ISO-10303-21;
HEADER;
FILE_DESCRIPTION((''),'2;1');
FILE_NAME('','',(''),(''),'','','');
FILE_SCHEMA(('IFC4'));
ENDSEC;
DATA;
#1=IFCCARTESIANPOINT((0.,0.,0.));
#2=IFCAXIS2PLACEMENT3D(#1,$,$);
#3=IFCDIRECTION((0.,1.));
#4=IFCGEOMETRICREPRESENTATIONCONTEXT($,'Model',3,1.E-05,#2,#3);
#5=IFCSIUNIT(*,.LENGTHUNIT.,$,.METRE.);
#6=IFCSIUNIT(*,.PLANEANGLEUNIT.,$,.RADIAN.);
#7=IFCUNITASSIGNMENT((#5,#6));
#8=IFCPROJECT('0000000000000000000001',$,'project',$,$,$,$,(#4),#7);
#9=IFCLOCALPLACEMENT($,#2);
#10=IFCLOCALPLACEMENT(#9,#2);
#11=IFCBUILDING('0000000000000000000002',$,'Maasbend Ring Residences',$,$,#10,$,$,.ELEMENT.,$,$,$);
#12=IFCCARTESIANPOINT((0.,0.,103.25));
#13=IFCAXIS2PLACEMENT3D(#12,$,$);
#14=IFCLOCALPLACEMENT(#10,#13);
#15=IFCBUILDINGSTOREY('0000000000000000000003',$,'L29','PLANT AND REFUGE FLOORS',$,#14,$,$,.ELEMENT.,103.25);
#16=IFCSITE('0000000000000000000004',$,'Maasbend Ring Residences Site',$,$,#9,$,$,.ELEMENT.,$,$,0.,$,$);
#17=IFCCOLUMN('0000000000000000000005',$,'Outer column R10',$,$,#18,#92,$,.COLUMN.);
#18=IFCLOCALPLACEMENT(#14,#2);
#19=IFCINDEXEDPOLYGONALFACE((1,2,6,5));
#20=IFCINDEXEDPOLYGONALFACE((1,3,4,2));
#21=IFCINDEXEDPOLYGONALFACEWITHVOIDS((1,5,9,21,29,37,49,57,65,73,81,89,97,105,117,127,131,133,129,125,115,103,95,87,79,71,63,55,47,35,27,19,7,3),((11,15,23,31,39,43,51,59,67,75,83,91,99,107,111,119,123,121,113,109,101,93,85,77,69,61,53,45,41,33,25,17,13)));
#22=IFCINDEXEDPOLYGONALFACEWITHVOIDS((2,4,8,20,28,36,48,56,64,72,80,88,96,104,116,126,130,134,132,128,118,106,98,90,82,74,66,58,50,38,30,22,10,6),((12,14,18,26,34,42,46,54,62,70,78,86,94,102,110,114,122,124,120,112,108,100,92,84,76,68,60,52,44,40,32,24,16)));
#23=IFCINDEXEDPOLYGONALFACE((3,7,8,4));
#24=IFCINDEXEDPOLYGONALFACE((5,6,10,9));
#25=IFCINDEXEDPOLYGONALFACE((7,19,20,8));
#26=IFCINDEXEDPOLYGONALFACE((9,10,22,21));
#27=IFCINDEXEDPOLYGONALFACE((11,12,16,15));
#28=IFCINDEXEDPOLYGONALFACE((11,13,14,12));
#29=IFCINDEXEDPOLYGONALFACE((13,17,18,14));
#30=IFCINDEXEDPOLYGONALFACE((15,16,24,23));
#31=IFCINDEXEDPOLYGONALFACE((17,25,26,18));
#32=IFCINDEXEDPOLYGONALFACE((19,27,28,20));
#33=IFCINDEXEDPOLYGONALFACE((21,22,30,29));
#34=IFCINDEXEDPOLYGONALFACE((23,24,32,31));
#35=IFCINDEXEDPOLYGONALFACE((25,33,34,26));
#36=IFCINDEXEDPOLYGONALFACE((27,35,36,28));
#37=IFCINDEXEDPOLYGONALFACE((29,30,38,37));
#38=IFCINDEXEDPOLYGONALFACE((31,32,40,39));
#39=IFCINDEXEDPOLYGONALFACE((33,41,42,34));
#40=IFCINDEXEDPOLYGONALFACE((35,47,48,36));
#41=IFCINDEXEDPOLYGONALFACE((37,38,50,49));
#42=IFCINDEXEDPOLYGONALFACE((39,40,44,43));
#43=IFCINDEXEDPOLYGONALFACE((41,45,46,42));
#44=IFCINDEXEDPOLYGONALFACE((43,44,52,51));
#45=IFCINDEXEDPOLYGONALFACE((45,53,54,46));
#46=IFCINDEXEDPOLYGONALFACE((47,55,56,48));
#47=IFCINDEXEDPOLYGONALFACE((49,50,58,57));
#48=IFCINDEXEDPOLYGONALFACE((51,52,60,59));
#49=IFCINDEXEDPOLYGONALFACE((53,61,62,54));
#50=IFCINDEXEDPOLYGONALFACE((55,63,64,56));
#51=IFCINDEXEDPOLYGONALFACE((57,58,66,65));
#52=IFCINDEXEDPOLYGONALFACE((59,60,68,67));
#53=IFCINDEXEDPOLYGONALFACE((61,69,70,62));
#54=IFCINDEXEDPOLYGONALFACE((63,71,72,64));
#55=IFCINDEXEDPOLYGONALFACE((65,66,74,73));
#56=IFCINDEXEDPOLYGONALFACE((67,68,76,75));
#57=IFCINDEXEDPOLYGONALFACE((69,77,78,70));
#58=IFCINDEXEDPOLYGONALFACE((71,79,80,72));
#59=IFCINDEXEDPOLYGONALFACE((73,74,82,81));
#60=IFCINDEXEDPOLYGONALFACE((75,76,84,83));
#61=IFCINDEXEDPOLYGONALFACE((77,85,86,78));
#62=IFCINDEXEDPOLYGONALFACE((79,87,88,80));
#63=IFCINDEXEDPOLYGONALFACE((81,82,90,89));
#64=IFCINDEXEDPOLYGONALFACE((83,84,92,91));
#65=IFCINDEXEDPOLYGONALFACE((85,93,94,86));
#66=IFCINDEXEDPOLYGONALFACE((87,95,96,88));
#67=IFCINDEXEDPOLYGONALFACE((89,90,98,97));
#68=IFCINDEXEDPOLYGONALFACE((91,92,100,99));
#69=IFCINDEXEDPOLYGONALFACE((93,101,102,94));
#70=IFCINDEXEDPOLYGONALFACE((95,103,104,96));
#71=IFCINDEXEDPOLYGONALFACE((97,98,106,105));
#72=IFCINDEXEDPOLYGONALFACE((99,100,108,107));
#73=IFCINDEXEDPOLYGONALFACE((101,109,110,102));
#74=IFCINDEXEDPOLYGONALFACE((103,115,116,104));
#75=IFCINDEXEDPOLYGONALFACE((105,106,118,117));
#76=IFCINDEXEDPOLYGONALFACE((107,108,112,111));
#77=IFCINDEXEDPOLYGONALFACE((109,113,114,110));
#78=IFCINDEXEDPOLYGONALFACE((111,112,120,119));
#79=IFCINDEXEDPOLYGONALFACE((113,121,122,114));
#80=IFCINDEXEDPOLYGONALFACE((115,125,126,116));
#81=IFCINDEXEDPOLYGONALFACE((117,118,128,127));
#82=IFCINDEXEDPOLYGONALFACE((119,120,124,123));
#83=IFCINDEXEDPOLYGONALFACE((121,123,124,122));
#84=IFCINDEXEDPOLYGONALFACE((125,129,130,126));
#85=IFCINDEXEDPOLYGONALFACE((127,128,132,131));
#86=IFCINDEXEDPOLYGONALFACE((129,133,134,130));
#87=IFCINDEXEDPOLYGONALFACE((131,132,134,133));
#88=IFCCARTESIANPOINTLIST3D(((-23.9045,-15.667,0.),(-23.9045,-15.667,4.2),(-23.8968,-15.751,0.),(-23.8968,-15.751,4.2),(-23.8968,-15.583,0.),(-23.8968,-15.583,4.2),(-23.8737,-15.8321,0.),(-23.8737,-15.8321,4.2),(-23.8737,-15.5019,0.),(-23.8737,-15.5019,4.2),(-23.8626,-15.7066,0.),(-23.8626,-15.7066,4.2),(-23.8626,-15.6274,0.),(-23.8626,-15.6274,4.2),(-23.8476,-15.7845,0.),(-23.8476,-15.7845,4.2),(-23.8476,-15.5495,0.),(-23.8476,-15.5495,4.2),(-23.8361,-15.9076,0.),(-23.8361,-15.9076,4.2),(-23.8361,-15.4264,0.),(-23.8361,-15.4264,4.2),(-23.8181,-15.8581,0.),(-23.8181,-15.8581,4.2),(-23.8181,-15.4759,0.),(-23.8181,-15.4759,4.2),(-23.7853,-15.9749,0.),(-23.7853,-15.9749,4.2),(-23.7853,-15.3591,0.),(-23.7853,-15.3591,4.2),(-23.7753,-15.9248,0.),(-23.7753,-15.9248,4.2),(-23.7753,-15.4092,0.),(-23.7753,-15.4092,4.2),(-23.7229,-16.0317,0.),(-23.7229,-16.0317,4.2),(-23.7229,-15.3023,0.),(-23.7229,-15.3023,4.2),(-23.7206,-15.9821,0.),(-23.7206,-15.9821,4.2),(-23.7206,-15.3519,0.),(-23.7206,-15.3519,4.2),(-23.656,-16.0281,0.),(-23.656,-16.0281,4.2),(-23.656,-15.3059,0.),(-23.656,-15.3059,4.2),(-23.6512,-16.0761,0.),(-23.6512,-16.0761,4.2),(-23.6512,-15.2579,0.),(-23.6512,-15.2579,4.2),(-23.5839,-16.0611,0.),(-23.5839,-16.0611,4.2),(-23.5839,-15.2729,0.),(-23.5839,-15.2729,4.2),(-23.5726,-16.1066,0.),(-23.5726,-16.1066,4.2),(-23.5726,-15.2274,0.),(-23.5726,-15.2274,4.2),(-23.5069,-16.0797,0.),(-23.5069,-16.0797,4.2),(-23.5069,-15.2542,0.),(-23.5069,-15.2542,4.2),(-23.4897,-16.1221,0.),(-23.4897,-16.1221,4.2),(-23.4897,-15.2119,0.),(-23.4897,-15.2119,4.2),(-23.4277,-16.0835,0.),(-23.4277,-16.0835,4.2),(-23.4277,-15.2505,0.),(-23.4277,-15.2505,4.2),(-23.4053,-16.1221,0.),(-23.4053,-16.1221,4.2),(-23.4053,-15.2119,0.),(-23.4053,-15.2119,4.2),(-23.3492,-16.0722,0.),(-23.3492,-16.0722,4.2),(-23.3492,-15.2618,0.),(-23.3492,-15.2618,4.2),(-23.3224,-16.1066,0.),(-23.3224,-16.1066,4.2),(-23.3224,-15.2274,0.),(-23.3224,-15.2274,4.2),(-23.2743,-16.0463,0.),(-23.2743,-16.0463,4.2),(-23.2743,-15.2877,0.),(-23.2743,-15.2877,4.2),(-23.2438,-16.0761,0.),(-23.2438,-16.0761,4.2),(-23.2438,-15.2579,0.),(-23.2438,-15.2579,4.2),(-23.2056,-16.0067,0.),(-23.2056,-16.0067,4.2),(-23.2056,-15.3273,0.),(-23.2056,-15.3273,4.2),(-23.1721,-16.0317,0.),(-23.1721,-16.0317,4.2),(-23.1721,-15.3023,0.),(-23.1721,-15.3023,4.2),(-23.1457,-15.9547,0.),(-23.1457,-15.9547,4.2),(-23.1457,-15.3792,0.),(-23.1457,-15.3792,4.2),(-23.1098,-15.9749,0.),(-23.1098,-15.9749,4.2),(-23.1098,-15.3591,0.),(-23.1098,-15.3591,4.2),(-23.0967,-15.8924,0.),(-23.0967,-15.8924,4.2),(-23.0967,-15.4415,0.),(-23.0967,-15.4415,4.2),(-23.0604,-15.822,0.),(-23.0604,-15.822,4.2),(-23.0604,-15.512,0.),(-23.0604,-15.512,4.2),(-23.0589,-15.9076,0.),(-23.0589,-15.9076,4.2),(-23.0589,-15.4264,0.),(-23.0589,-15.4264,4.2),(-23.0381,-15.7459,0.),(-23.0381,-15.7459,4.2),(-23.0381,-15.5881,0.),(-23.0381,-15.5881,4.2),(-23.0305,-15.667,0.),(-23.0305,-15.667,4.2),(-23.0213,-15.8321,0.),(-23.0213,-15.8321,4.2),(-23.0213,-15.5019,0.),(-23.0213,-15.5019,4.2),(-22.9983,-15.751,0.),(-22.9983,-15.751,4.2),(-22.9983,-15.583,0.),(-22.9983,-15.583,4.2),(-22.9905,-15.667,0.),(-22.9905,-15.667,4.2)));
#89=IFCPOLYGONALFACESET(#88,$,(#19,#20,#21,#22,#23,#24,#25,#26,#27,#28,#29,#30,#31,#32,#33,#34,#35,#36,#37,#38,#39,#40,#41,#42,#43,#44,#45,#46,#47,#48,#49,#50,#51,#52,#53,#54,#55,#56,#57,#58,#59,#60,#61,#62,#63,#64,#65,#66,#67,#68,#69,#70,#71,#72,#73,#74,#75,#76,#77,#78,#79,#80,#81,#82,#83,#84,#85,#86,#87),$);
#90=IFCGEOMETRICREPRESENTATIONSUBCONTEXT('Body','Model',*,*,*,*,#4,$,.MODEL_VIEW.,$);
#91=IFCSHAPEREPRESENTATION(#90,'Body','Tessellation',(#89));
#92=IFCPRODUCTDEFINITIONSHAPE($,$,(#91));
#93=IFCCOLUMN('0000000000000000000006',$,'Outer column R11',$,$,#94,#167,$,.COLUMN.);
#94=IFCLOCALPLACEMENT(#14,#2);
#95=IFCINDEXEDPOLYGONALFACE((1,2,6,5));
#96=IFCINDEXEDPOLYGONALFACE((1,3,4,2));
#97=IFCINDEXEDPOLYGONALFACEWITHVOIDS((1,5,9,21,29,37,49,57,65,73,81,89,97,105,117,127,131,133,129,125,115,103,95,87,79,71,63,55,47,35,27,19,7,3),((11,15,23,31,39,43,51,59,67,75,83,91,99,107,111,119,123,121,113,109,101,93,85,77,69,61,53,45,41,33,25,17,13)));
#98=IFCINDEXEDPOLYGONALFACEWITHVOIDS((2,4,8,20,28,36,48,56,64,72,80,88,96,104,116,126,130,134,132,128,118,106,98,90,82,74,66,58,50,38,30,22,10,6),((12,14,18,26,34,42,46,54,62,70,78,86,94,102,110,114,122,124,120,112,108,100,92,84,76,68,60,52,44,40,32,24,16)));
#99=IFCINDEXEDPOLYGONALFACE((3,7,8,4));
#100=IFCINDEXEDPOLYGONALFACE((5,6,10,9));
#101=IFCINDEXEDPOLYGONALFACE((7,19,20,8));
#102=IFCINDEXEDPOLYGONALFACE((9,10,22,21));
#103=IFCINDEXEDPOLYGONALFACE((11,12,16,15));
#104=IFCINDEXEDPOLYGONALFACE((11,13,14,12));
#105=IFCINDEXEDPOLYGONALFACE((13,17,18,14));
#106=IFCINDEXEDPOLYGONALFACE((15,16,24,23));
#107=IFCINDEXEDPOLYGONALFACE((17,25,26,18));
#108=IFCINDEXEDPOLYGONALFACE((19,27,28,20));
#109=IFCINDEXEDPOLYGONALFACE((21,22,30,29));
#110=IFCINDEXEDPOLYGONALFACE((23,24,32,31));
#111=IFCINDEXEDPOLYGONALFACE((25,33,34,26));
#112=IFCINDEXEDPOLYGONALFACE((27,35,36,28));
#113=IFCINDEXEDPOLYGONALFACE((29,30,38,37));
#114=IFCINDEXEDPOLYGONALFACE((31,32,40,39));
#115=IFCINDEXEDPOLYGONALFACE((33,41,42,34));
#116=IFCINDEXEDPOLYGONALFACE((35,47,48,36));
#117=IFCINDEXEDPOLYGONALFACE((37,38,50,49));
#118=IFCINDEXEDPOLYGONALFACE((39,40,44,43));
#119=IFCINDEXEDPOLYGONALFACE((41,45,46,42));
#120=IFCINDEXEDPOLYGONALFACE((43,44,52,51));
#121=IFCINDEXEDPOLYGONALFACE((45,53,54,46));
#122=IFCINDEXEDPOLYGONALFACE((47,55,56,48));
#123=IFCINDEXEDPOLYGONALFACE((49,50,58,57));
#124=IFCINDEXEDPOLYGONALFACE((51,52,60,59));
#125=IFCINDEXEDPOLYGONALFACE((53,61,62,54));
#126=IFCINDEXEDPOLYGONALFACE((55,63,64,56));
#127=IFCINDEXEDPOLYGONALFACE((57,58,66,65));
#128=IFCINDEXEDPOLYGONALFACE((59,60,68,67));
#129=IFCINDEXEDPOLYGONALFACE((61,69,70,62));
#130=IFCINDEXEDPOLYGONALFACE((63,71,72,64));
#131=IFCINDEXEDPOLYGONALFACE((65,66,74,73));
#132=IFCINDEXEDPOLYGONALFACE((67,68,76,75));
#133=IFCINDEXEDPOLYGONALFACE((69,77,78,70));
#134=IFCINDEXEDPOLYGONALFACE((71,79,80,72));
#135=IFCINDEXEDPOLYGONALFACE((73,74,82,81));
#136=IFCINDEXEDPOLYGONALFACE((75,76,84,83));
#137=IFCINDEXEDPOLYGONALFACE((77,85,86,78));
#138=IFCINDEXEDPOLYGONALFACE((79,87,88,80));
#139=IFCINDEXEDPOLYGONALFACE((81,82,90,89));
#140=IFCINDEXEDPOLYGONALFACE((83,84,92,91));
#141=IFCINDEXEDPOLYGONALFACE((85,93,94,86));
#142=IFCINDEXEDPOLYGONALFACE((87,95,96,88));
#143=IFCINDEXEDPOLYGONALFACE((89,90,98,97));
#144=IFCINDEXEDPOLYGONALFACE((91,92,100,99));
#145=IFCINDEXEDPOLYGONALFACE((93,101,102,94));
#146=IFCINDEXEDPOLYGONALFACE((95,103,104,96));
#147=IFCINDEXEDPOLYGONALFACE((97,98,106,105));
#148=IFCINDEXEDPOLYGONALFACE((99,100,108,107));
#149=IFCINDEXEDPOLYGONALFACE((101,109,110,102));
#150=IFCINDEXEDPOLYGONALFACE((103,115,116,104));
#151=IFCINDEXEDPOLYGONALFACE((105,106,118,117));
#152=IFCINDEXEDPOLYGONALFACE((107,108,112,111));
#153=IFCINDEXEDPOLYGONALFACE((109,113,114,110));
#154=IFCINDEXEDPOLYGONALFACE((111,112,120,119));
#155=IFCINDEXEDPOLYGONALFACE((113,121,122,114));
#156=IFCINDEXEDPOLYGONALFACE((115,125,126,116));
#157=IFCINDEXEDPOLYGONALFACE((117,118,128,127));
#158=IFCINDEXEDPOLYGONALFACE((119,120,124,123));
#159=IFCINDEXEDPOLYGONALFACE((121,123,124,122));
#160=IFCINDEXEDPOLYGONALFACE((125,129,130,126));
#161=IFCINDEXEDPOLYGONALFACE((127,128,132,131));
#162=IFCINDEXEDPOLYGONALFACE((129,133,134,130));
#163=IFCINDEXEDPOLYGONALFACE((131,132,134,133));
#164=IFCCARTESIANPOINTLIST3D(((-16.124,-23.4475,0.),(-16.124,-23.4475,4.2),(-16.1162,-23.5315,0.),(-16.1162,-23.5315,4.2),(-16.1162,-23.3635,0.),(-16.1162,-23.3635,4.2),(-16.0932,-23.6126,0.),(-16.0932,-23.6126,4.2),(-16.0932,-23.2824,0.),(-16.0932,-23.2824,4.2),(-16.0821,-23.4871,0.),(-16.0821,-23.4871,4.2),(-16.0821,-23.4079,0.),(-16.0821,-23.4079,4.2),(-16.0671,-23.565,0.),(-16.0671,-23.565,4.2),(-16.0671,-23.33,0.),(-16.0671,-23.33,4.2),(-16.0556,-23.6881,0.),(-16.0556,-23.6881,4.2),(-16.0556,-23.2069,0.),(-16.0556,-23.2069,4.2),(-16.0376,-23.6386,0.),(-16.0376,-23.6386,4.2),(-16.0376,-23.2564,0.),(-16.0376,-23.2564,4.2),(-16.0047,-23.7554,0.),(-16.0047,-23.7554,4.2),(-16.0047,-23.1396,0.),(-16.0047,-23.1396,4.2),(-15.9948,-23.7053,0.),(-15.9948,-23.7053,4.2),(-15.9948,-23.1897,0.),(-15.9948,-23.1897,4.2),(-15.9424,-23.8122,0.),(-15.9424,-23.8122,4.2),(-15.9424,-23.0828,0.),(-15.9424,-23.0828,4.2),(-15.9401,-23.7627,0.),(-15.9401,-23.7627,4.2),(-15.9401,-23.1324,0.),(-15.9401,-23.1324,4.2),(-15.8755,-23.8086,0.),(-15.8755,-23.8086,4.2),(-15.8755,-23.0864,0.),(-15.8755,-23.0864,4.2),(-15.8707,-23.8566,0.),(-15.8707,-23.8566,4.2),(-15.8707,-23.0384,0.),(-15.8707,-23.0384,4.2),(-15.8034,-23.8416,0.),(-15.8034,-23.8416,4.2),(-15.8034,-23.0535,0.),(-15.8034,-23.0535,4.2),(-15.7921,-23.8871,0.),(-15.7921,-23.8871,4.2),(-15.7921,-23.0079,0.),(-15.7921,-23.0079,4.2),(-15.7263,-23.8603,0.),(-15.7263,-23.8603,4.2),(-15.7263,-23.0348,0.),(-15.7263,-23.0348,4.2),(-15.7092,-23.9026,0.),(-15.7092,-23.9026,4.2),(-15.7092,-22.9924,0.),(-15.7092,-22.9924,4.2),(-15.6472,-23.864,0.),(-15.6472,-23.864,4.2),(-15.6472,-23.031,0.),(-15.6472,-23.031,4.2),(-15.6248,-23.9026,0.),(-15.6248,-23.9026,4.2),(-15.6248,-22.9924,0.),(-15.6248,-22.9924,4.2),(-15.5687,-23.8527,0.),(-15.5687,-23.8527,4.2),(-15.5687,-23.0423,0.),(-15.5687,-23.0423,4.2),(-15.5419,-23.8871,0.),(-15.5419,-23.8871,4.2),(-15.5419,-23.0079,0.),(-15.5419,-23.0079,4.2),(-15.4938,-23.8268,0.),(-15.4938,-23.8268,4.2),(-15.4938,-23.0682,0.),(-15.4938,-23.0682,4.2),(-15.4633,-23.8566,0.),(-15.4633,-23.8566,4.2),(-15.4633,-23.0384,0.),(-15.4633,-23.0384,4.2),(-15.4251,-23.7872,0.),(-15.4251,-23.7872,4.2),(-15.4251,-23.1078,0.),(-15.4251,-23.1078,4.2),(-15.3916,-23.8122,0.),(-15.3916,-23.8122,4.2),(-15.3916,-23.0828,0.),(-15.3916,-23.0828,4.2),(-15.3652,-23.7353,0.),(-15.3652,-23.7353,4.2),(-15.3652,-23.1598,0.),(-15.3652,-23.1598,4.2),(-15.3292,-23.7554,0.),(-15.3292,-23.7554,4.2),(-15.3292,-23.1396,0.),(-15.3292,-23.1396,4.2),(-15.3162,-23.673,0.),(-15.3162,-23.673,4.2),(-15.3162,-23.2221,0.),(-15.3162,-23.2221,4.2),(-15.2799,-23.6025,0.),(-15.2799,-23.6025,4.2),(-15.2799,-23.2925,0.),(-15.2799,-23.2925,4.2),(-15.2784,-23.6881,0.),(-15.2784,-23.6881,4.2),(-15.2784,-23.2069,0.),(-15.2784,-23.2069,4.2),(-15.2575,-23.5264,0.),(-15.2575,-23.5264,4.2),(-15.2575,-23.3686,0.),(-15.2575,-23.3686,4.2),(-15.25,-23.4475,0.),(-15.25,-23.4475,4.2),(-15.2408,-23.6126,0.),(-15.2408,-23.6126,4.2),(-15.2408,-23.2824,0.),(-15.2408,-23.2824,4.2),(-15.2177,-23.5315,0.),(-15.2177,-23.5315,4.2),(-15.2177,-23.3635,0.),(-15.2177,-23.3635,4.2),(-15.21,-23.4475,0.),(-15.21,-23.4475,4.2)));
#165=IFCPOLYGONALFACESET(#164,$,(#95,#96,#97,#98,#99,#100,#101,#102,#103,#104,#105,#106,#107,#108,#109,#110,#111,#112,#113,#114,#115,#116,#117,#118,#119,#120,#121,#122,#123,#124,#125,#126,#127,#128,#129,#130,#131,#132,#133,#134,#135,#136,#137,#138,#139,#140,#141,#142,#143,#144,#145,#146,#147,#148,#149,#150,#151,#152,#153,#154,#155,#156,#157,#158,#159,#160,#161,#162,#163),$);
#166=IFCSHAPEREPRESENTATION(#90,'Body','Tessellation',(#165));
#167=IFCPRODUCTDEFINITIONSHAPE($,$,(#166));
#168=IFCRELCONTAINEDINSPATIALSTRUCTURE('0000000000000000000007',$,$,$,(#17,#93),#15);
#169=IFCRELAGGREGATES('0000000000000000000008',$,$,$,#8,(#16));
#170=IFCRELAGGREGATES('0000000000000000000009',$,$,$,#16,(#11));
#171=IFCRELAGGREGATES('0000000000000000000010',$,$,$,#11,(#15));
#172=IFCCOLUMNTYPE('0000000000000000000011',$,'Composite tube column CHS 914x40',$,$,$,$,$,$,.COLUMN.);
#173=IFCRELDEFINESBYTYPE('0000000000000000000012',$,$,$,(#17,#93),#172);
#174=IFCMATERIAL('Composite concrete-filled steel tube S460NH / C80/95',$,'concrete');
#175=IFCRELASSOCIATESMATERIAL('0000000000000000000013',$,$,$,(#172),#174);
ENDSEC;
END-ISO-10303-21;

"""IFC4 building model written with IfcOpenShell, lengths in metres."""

from ifc_helpers import new_model, si_unit, direction, frame, origin, origin_2d, place, context, subcontext, project, spatial, hollow_circle, extrude, material, material_profile, profile_set, type_object, element, save


model = new_model("IFC4")

# Units and contexts
model_context = context("Model", 3, precision=1e-05, world=origin(), true_north=direction((0.0, 1.0)))
body_context = subcontext(model_context, "Body", "Model", "MODEL_VIEW")
ifc_project = project(units=[si_unit("LENGTHUNIT", "METRE"), si_unit("PLANEANGLEUNIT", "RADIAN")], contexts=[model_context])

# Site, building, storey
site_placement = place(None, origin())
site = spatial("IfcSite", under=ifc_project, at=site_placement, Name="Maasbend Ring Residences Site", CompositionType="ELEMENT", RefElevation=0.0)
building_placement = place(site_placement, origin())
building = spatial("IfcBuilding", under=site, at=building_placement, Name="Maasbend Ring Residences", CompositionType="ELEMENT")
storey_placement = place(building_placement, frame((0.0, 0.0, 103.25)))
storey = spatial("IfcBuildingStorey", under=building, at=storey_placement, Name="L29", Description="PLANT AND REFUGE FLOORS", CompositionType="ELEMENT", Elevation=103.25)

# Columns
ifc_material_1 = material(Name="Composite concrete-filled steel tube S460NH / C80/95", Category="concrete")
ifc_material_profile_1 = material_profile(ifc_material_1, hollow_circle(Radius=0.457, WallThickness=0.04, at=origin_2d()), Name="Composite tube column CHS 914x40")
ifc_profile_set_1 = profile_set([ifc_material_profile_1], Name="Composite concrete-filled steel tube S460NH / C80/95")
column_type_1 = type_object("IfcColumnType", Name="Composite tube column CHS 914x40", PredefinedType="COLUMN", material=ifc_profile_set_1)
for number, where, z_axis, x_axis, name in (
    (1, (-23.4475, -15.667, 0.0), (0.0, 0.0, 1.0), (1.0, 0.0, 0.0), "Outer column R10"),
    (2, (-15.667, -23.4475, 0.0), (0.0, 0.0, 1.0), (1.0, 0.0, 0.0), "Outer column R11"),
):
    element("IfcColumn", number, at=place(storey_placement, frame(where, z_axis=z_axis, x_axis=x_axis)), inside=storey, type_object=column_type_1, Name=name, PredefinedType="COLUMN", context=body_context, shape_type="SweptSolid", body=[
        extrude(hollow_circle(Radius=0.457, WallThickness=0.04, at=origin_2d()), origin(), (0.0, 0.0, 1.0), 4.2),
    ])

save(model, "model.ifc")
